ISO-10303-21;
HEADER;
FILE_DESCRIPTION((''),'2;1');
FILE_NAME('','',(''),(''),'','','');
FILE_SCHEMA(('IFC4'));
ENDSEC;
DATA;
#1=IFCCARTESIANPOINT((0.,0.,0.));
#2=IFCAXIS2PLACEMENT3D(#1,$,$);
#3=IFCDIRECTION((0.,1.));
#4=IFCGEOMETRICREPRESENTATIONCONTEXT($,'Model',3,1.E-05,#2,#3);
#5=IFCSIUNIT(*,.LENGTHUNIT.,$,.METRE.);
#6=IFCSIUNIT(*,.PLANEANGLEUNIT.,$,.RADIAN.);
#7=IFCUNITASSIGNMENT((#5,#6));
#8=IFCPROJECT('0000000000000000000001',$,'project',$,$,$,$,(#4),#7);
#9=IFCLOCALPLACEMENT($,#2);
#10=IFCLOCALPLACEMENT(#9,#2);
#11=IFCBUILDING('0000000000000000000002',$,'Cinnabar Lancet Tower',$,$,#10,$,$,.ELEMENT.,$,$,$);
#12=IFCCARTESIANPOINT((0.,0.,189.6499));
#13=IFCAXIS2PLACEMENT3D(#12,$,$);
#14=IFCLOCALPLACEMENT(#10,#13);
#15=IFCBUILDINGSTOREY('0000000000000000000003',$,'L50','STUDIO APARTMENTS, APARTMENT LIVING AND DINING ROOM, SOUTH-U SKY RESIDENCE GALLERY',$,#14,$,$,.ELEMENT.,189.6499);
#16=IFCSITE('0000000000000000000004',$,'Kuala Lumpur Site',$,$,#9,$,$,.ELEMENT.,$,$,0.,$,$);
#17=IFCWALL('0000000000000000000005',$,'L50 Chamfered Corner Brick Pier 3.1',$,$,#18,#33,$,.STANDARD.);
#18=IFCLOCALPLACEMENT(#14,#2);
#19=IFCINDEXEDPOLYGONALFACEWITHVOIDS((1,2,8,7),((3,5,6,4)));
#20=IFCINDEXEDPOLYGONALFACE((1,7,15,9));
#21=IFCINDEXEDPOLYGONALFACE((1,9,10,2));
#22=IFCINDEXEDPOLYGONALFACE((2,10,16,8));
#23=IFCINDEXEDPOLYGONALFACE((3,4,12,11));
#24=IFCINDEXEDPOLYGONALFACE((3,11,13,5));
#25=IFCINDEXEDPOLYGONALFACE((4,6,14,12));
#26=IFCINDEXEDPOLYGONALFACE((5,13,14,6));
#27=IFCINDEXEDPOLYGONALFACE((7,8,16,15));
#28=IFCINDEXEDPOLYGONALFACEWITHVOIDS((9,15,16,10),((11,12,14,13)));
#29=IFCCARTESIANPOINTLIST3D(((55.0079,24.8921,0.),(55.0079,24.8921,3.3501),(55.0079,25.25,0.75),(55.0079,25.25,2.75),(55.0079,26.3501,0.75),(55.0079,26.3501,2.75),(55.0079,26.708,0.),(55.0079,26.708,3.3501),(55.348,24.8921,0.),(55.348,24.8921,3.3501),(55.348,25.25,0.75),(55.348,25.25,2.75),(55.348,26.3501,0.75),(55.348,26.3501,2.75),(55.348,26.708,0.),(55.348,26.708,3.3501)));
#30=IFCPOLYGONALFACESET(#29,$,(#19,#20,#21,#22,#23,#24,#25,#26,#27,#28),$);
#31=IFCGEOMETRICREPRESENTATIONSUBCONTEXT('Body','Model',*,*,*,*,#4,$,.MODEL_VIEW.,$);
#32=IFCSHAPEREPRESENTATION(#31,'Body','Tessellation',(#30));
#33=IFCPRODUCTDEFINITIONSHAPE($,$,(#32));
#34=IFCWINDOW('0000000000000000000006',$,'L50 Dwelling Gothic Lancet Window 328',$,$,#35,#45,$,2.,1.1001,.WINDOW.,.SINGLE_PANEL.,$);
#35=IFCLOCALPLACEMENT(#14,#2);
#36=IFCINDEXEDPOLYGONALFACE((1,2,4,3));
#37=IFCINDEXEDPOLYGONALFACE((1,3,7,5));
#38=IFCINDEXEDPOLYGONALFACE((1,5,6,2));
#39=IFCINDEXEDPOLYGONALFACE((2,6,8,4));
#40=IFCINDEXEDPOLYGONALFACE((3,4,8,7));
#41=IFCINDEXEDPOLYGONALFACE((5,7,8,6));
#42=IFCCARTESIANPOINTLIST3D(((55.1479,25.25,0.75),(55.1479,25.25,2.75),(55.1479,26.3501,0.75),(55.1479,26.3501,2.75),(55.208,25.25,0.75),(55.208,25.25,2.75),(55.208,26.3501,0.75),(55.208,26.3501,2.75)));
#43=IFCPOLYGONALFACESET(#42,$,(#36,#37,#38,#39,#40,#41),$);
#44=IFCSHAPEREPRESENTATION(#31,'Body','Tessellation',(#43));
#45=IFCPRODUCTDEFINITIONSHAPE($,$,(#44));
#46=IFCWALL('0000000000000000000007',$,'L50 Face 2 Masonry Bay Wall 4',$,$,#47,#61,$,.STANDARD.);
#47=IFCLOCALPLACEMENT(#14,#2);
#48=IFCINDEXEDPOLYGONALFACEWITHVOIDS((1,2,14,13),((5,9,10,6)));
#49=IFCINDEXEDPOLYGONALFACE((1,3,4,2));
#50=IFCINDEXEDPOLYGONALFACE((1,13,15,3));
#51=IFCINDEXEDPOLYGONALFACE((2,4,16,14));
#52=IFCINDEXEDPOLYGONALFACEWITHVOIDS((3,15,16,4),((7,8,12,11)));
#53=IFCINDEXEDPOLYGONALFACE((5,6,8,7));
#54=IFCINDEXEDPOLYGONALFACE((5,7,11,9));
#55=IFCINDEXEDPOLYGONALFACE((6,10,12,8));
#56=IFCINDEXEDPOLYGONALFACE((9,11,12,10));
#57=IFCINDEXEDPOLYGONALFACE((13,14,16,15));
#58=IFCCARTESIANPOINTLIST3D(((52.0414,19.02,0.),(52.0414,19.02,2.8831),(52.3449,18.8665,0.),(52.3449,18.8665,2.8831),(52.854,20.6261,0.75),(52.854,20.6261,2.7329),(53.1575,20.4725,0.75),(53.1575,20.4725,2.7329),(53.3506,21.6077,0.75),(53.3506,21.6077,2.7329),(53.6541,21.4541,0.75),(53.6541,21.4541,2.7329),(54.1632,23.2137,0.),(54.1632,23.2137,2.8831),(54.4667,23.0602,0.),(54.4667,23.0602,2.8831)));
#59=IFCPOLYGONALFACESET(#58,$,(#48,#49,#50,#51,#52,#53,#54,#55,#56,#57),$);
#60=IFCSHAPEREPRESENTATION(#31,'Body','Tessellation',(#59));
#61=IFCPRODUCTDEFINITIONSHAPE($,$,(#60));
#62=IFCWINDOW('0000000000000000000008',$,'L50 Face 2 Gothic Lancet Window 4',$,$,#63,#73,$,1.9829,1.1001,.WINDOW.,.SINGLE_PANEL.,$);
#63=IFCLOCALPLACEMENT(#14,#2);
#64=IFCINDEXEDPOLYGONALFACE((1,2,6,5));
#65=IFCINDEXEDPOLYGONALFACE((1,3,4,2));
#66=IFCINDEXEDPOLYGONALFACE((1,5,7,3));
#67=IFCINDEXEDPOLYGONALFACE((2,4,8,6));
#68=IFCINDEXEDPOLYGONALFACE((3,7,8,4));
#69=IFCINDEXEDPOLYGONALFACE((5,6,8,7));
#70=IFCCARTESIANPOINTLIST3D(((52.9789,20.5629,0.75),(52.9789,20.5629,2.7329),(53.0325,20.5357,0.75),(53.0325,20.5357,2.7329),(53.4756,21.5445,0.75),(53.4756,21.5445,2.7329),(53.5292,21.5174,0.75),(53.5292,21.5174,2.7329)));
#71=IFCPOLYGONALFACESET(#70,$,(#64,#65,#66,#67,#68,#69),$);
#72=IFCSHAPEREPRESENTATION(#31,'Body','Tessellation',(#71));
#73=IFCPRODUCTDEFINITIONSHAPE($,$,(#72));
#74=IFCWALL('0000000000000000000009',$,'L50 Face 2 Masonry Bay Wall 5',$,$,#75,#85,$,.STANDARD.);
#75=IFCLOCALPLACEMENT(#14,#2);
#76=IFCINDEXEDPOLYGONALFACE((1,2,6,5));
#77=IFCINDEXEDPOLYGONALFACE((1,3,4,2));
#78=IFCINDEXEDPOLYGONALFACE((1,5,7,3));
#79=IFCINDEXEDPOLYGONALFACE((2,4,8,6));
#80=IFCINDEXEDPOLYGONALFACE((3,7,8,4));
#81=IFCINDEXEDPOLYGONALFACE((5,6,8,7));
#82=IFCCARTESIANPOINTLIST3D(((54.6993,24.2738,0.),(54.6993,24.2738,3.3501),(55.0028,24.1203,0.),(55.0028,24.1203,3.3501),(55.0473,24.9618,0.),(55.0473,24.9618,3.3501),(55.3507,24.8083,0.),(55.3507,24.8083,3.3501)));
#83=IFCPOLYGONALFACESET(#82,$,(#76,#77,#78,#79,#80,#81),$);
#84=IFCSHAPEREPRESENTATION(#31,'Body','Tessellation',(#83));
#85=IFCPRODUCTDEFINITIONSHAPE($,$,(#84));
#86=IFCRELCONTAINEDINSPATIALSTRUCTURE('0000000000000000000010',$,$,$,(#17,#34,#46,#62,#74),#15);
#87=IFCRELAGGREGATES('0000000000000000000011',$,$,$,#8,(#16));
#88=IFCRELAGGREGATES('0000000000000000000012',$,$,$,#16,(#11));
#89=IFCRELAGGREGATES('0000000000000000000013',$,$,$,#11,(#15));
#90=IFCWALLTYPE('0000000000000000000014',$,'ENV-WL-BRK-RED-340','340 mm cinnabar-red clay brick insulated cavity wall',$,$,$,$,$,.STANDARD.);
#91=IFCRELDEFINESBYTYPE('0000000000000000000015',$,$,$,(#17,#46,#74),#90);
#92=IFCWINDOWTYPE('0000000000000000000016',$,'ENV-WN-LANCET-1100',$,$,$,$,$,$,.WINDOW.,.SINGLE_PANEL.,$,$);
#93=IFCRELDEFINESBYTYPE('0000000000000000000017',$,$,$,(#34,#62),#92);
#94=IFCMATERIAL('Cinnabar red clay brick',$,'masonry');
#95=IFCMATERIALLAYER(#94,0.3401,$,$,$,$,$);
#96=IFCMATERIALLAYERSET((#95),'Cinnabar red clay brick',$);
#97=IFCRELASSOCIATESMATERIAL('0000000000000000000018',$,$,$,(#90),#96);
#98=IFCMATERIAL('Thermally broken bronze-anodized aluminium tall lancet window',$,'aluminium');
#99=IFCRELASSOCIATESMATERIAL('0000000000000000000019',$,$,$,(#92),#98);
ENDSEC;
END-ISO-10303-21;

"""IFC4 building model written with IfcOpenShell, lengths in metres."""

from ifc_helpers import new_model, si_unit, direction, frame, frame_2d, origin, place, context, subcontext, project, spatial, rectangle, extrude, material, layer, layer_set, type_object, element, fill, save


model = new_model("IFC4")

# Units and contexts
model_context = context("Model", 3, precision=1e-05, world=origin(), true_north=direction((0.0, 1.0)))
body_context = subcontext(model_context, "Body", "Model", "MODEL_VIEW")
ifc_project = project(units=[si_unit("LENGTHUNIT", "METRE"), si_unit("PLANEANGLEUNIT", "RADIAN")], contexts=[model_context])

# Site, building, storey
site_placement = place(None, origin())
site = spatial("IfcSite", under=ifc_project, at=site_placement, Name="Kuala Lumpur Site", CompositionType="ELEMENT", RefElevation=0.0)
building_placement = place(site_placement, origin())
building = spatial("IfcBuilding", under=site, at=building_placement, Name="Cinnabar Lancet Tower", CompositionType="ELEMENT")
storey_placement = place(building_placement, frame((0.0, 0.0, 189.6499)))
storey = spatial("IfcBuildingStorey", under=building, at=storey_placement, Name="L50", Description="STUDIO APARTMENTS, APARTMENT LIVING AND DINING ROOM, SOUTH-U SKY RESIDENCE GALLERY", CompositionType="ELEMENT", Elevation=189.6499)

# Walls, openings, windows
ifc_material_1 = material(Name="Cinnabar red clay brick", Category="masonry")
ifc_layer_1 = layer(ifc_material_1, 0.3401)
ifc_layer_set_1 = layer_set([ifc_layer_1], Name="Cinnabar red clay brick")
wall_type_1 = type_object("IfcWallType", Name="ENV-WL-BRK-RED-340", Description="340 mm cinnabar-red clay brick insulated cavity wall", PredefinedType="STANDARD", material=ifc_layer_set_1)
wall_1_placement = place(storey_placement, frame((55.178, 24.8921, 0.0), z_axis=(0.0, 0.0, 1.0), x_axis=(0.0, 1.0, 0.0)))
wall_1 = element("IfcWall", 1, at=wall_1_placement, inside=storey, type_object=wall_type_1, Name="L50 Chamfered Corner Brick Pier 3.1", PredefinedType="STANDARD", context=body_context, shape_type="SweptSolid", body=[
    extrude(rectangle(XDim=1.8159, YDim=0.3401, at=frame_2d((0.908, 0.0))), origin(), (0.0, 0.0, 1.0), 3.3501),
])
opening_1_placement = place(wall_1_placement, frame((0.3579, 0.0, 0.75)))
opening_1 = element("IfcOpeningElement", 2, at=opening_1_placement, cuts=wall_1, PredefinedType="OPENING", context=body_context, shape_type="SweptSolid", body=[
    extrude(rectangle(XDim=1.1001, YDim=2.0, at=frame_2d((0.55, 1.0))), frame((0.0, 0.1799, 0.0), z_axis=(0.0, -1.0, 0.0), x_axis=(1.0, 0.0, 0.0)), (0.0, 0.0, 1.0), 0.3601),
])
ifc_material_2 = material(Name="Thermally broken bronze-anodized aluminium tall lancet window", Category="aluminium")
window_type = type_object("IfcWindowType", Name="ENV-WN-LANCET-1100", PartitioningType="SINGLE_PANEL", PredefinedType="WINDOW", material=ifc_material_2)
window_1_placement = place(opening_1_placement, origin())
window_1 = element("IfcWindow", 3, at=window_1_placement, inside=storey, type_object=window_type, Name="L50 Dwelling Gothic Lancet Window 328", OverallHeight=2.0, OverallWidth=1.1001, PartitioningType="SINGLE_PANEL", PredefinedType="WINDOW", context=body_context, shape_type="SweptSolid", body=[
    extrude(rectangle(XDim=1.1001, YDim=2.0, at=frame_2d((0.55, 1.0))), frame((0.0, 0.03, 0.0), z_axis=(0.0, -1.0, 0.0), x_axis=(1.0, 0.0, 0.0)), (0.0, 0.0, 1.0), 0.0601),
])
fill(opening_1, window_1)
wall_2_placement = place(storey_placement, frame((52.1931, 18.9431, 0.0), z_axis=(0.0, 0.0, 1.0), x_axis=(0.451447, 0.892298, 0.0)))
wall_2 = element("IfcWall", 4, at=wall_2_placement, inside=storey, type_object=wall_type_1, Name="L50 Face 2 Masonry Bay Wall 4", PredefinedType="STANDARD", context=body_context, shape_type="SweptSolid", body=[
    extrude(rectangle(XDim=4.7, YDim=0.3401, at=frame_2d((2.3501, 0.0))), origin(), (0.0, 0.0, 1.0), 2.8831),
])
opening_2_placement = place(wall_2_placement, frame((1.8, 0.0, 0.75)))
opening_2 = element("IfcOpeningElement", 5, at=opening_2_placement, cuts=wall_2, PredefinedType="OPENING", context=body_context, shape_type="SweptSolid", body=[
    extrude(rectangle(XDim=1.1001, YDim=1.9829, at=frame_2d((0.55, 0.9915))), frame((0.0, 0.1799, 0.0), z_axis=(0.0, -1.0, 0.0), x_axis=(1.0, 0.0, 0.0)), (0.0, 0.0, 1.0), 0.3601),
])
window_2_placement = place(opening_2_placement, origin())
window_2 = element("IfcWindow", 6, at=window_2_placement, inside=storey, type_object=window_type, Name="L50 Face 2 Gothic Lancet Window 4", OverallHeight=1.9829, OverallWidth=1.1001, PartitioningType="SINGLE_PANEL", PredefinedType="WINDOW", context=body_context, shape_type="SweptSolid", body=[
    extrude(rectangle(XDim=1.1001, YDim=1.9829, at=frame_2d((0.55, 0.9915))), frame((0.0, 0.03, 0.0), z_axis=(0.0, -1.0, 0.0), x_axis=(1.0, 0.0, 0.0)), (0.0, 0.0, 1.0), 0.0601),
])
fill(opening_2, window_2)

# Wall
wall_3_placement = place(storey_placement, frame((54.8511, 24.197, 0.0), z_axis=(0.0, 0.0, 1.0), x_axis=(0.451262, 0.892391, 0.0)))
element("IfcWall", 7, at=wall_3_placement, inside=storey, type_object=wall_type_1, Name="L50 Face 2 Masonry Bay Wall 5", PredefinedType="STANDARD", context=body_context, shape_type="SweptSolid", body=[
    extrude(rectangle(XDim=0.771, YDim=0.3401, at=frame_2d((0.3855, 0.0))), origin(), (0.0, 0.0, 1.0), 3.3501),
])

save(model, "model.ifc")
